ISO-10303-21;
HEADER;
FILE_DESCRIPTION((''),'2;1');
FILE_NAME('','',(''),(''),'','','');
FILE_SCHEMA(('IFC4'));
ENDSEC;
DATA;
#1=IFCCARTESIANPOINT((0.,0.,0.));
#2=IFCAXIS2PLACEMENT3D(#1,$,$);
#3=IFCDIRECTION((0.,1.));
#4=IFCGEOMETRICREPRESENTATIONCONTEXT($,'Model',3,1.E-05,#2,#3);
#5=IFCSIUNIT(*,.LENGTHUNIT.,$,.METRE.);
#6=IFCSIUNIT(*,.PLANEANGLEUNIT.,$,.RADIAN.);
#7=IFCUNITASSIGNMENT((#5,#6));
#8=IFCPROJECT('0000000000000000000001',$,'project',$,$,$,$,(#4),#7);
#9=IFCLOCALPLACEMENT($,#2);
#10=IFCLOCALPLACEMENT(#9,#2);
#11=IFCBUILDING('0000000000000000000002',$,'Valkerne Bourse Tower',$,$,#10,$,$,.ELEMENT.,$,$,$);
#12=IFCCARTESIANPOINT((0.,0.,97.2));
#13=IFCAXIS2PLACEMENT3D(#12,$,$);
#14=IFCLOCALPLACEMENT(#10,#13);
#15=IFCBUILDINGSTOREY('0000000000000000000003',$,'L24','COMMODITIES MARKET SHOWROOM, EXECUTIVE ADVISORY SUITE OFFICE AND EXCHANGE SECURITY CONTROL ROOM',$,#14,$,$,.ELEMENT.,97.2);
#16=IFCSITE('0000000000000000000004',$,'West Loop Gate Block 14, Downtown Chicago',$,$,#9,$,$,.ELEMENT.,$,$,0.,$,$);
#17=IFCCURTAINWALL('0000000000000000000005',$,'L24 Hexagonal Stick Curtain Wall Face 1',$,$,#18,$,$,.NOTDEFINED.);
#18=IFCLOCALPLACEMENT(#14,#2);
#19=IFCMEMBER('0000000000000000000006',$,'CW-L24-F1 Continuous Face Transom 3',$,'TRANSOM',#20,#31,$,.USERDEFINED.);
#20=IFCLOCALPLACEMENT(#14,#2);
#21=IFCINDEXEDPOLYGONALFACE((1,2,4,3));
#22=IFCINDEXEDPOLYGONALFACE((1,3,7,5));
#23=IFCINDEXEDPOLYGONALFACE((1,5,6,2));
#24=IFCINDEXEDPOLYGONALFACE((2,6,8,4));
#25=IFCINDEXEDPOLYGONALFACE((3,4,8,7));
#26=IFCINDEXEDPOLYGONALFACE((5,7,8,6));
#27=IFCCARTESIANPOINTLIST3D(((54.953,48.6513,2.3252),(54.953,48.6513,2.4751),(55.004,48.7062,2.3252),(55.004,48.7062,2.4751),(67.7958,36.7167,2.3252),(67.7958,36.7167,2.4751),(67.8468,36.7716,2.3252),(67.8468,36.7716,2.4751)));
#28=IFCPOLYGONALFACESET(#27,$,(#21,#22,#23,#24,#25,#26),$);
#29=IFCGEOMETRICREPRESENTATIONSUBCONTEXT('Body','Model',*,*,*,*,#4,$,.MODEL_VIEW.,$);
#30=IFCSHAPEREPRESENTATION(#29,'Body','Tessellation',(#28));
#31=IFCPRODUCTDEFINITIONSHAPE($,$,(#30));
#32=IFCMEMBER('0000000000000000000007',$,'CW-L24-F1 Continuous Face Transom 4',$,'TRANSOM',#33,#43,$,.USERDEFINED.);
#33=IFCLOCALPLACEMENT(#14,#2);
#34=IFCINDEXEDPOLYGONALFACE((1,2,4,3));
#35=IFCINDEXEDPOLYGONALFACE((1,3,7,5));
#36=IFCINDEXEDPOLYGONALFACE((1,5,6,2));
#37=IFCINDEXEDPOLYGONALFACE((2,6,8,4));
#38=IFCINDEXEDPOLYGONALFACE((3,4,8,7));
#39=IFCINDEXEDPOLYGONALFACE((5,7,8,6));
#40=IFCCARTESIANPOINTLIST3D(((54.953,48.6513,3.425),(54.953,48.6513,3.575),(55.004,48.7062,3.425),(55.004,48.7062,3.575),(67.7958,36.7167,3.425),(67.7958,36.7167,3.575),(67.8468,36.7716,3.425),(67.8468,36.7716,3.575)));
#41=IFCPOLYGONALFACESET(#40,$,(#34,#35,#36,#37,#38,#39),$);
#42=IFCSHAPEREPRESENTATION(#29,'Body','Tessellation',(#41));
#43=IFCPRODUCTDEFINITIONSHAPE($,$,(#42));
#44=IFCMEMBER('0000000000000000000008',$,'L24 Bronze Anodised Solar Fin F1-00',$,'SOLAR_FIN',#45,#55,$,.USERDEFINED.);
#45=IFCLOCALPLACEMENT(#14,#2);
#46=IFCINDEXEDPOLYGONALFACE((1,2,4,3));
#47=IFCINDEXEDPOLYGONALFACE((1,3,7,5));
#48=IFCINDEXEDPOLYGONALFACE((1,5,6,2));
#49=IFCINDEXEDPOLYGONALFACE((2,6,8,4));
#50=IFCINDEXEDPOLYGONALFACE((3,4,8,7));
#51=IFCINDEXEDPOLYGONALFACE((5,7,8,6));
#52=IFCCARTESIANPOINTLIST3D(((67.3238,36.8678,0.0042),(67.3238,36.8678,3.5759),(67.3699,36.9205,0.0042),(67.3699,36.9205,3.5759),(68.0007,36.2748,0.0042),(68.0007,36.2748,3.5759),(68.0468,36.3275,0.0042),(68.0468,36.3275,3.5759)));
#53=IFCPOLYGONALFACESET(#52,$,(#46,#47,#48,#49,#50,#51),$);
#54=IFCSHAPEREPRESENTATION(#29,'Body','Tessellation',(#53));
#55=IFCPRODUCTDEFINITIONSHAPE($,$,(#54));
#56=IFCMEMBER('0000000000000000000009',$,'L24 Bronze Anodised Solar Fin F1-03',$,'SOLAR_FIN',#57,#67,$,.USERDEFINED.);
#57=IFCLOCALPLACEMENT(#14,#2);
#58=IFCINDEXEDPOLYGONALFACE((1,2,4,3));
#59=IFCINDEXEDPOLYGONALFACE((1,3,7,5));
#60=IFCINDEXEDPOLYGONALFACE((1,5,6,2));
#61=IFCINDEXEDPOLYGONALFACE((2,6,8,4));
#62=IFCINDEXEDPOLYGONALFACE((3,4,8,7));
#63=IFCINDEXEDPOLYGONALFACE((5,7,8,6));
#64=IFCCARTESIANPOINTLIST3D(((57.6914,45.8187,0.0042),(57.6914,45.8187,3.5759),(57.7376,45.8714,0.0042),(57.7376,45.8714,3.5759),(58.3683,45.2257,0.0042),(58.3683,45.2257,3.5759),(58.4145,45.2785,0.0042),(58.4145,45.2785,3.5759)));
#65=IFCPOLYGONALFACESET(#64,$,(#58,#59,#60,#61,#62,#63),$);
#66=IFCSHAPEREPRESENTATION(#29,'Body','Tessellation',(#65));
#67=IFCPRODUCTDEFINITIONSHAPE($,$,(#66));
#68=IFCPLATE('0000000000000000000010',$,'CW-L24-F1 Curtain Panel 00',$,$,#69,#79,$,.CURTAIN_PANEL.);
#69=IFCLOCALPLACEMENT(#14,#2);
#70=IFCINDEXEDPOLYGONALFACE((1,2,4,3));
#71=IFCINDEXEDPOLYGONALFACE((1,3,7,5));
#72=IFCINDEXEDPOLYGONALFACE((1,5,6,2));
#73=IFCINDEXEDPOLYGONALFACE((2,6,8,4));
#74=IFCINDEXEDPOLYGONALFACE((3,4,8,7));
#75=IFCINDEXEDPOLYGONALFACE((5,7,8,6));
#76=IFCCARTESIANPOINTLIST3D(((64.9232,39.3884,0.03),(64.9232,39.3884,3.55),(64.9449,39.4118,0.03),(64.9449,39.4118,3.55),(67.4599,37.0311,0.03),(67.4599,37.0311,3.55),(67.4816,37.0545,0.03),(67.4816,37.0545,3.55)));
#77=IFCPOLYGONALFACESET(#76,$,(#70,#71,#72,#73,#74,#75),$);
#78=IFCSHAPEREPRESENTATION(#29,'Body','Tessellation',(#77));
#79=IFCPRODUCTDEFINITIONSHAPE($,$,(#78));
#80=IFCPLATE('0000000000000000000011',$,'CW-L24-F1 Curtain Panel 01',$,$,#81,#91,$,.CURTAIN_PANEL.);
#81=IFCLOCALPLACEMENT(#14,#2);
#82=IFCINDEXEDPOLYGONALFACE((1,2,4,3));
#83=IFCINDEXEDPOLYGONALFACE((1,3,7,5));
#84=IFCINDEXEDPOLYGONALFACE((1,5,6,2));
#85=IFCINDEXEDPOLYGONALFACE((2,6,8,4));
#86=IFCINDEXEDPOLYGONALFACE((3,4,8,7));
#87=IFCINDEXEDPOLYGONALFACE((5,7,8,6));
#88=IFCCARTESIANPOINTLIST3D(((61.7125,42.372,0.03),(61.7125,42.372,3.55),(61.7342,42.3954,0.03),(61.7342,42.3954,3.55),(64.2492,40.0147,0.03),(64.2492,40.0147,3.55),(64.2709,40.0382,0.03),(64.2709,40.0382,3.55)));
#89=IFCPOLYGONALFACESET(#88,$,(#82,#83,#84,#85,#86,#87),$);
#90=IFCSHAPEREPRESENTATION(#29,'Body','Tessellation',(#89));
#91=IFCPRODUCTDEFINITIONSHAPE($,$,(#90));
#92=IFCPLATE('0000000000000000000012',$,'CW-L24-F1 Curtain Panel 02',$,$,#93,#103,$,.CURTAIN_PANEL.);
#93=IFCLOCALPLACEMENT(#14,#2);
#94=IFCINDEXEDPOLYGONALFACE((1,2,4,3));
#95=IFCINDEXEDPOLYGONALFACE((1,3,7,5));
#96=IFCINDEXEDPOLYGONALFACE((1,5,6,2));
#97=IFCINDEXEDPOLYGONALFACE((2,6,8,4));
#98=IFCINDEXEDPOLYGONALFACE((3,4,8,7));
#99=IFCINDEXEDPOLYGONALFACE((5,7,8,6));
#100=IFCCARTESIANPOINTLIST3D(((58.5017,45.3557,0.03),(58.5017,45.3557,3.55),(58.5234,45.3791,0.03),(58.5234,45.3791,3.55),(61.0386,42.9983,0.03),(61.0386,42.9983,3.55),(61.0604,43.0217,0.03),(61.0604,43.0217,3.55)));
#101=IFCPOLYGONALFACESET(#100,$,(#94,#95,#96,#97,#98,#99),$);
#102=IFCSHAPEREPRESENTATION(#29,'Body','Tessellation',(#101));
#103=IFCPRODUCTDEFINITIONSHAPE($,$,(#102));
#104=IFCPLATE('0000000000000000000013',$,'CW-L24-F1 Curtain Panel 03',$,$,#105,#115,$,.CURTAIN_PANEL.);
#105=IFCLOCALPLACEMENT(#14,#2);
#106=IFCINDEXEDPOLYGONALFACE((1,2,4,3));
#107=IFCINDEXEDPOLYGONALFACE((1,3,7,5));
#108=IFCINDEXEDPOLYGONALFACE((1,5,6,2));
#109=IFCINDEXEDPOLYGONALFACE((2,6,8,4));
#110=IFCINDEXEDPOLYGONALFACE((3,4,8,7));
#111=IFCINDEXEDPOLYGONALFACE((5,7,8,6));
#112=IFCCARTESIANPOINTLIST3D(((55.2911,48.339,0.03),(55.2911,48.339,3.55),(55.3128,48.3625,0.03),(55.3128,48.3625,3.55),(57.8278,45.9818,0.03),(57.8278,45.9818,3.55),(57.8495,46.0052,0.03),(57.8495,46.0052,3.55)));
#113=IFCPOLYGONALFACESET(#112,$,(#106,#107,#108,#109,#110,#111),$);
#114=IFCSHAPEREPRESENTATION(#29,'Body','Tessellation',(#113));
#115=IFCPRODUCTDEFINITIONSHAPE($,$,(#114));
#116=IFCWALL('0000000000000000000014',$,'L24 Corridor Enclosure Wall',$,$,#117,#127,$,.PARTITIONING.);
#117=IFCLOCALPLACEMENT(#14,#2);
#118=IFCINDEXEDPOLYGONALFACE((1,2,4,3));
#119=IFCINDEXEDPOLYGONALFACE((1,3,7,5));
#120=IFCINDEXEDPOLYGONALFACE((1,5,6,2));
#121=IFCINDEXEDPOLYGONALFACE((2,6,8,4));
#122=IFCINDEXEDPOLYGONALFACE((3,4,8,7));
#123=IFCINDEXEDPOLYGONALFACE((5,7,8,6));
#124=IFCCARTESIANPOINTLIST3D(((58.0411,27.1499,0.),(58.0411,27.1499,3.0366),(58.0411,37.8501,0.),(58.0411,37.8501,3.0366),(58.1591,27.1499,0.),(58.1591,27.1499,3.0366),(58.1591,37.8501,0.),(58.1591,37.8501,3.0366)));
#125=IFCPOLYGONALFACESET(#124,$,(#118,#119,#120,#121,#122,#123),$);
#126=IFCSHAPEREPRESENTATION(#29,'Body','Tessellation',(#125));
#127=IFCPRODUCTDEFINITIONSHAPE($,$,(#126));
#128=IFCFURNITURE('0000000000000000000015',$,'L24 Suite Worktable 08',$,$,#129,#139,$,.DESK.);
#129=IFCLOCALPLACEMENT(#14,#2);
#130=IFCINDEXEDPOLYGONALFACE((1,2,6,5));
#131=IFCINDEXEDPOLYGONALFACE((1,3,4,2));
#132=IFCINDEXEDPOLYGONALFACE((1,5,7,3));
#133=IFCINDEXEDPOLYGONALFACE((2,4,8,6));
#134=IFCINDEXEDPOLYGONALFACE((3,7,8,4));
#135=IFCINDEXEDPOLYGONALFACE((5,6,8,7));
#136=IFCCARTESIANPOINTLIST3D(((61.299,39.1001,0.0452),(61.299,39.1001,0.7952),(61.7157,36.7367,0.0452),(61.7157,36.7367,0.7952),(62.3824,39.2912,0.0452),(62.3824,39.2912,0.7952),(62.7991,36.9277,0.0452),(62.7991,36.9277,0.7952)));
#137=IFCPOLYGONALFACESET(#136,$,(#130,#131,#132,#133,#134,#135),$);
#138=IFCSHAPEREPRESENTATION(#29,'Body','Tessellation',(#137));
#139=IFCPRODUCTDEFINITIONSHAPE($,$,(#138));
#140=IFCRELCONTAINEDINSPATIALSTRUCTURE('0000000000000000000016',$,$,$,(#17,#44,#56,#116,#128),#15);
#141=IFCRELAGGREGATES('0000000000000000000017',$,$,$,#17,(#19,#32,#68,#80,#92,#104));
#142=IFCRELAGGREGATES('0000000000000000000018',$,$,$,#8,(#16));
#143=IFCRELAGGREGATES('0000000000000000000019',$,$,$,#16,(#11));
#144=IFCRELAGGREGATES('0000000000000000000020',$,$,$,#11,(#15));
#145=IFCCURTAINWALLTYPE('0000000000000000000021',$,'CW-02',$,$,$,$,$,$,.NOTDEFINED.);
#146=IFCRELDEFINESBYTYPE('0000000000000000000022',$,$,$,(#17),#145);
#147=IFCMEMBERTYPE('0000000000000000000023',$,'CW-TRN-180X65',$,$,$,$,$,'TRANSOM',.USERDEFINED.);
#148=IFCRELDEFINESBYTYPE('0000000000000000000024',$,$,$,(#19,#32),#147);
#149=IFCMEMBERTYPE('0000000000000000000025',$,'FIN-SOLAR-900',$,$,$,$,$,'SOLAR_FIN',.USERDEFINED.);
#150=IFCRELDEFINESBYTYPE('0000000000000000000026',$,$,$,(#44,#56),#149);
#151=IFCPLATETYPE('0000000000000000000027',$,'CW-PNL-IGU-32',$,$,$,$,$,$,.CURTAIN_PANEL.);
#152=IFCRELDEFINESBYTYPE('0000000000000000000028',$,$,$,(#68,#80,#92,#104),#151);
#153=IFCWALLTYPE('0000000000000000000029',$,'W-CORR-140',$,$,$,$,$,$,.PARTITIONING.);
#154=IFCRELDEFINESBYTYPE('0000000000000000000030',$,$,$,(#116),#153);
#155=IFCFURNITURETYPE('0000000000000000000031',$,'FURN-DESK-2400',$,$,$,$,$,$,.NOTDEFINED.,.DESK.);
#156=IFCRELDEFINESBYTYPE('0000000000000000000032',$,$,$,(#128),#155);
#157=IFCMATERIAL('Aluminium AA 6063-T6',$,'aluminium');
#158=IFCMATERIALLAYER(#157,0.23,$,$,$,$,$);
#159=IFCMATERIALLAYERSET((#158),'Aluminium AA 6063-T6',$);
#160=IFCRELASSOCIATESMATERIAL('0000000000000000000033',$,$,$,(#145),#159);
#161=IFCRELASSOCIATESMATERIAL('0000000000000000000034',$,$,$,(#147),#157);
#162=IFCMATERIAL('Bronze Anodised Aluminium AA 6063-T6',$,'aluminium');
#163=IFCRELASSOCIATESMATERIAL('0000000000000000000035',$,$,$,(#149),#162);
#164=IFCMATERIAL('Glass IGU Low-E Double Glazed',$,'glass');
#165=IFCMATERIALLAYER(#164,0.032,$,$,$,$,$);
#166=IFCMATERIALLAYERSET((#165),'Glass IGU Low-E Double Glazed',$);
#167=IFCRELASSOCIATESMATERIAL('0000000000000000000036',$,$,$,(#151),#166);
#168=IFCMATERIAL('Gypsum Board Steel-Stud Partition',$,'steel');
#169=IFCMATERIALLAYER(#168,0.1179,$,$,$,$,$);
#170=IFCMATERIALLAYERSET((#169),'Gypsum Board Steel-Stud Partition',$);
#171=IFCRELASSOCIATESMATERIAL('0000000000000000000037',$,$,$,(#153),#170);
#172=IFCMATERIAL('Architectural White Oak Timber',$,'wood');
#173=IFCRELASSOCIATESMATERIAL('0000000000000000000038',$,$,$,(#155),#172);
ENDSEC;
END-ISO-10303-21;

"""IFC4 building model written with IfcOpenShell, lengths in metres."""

from ifc_helpers import new_model, si_unit, direction, frame, frame_2d, origin, origin_2d, place, context, subcontext, project, spatial, rectangle, extrude, material, layer, layer_set, material_profile, profile_set, type_object, element, aggregate, save


model = new_model("IFC4")

# Units and contexts
model_context = context("Model", 3, precision=1e-05, world=origin(), true_north=direction((0.0, 1.0)))
body_context = subcontext(model_context, "Body", "Model", "MODEL_VIEW")
ifc_project = project(units=[si_unit("LENGTHUNIT", "METRE"), si_unit("PLANEANGLEUNIT", "RADIAN")], contexts=[model_context])

# Site, building, storey
site_placement = place(None, origin())
site = spatial("IfcSite", under=ifc_project, at=site_placement, Name="West Loop Gate Block 14, Downtown Chicago", CompositionType="ELEMENT", RefElevation=0.0)
building_placement = place(site_placement, origin())
building = spatial("IfcBuilding", under=site, at=building_placement, Name="Valkerne Bourse Tower", CompositionType="ELEMENT")
storey_placement = place(building_placement, frame((0.0, 0.0, 97.2)))
storey = spatial("IfcBuildingStorey", under=building, at=storey_placement, Name="L24", Description="COMMODITIES MARKET SHOWROOM, EXECUTIVE ADVISORY SUITE OFFICE AND EXCHANGE SECURITY CONTROL ROOM", CompositionType="ELEMENT", Elevation=97.2)

# Curtain wall, members
ifc_material_1 = material(Name="Aluminium AA 6063-T6", Category="aluminium")
ifc_layer_1 = layer(ifc_material_1, 0.23)
ifc_layer_set_1 = layer_set([ifc_layer_1], Name="Aluminium AA 6063-T6")
curtain_wall_type = type_object("IfcCurtainWallType", Name="CW-02", PredefinedType="NOTDEFINED", material=ifc_layer_set_1)
curtain_wall_placement = place(storey_placement, origin())
curtain_wall = element("IfcCurtainWall", 1, at=curtain_wall_placement, inside=storey, type_object=curtain_wall_type, Name="L24 Hexagonal Stick Curtain Wall Face 1", PredefinedType="NOTDEFINED")
ifc_material_profile_1 = material_profile(ifc_material_1, rectangle(XDim=0.075, YDim=0.1499, at=origin_2d()), Name="CWT-75X150")
ifc_profile_set_1 = profile_set([ifc_material_profile_1], Name="Aluminium AA 6063-T6")
member_type_1 = type_object("IfcMemberType", Name="CW-TRN-180X65", ElementType="TRANSOM", PredefinedType="USERDEFINED", material=ifc_profile_set_1)
member_1_placement = place(storey_placement, frame((67.8213, 36.7441, 2.4001), z_axis=(-0.732534, 0.680731, 0.0), x_axis=(-0.680731, -0.732534, 0.0)))
member_1 = element("IfcMember", 2, at=member_1_placement, type_object=member_type_1, Name="CW-L24-F1 Continuous Face Transom 3", ObjectType="TRANSOM", PredefinedType="USERDEFINED", context=body_context, shape_type="SweptSolid", body=[
    extrude(rectangle(XDim=0.075, YDim=0.1499, at=origin_2d()), origin(), (0.0, 0.0, 1.0), 17.532),
])
member_2_placement = place(storey_placement, frame((67.8213, 36.7441, 3.5), z_axis=(-0.732534, 0.680731, 0.0), x_axis=(-0.680731, -0.732534, 0.0)))
member_2 = element("IfcMember", 3, at=member_2_placement, type_object=member_type_1, Name="CW-L24-F1 Continuous Face Transom 4", ObjectType="TRANSOM", PredefinedType="USERDEFINED", context=body_context, shape_type="SweptSolid", body=[
    extrude(rectangle(XDim=0.075, YDim=0.1499, at=origin_2d()), origin(), (0.0, 0.0, 1.0), 17.532),
])

# Members
ifc_material_2 = material(Name="Bronze Anodised Aluminium AA 6063-T6", Category="aluminium")
ifc_material_profile_2 = material_profile(ifc_material_2, rectangle(XDim=0.0701, YDim=0.8999, at=origin_2d()), Name="FIN-70X900")
ifc_profile_set_2 = profile_set([ifc_material_profile_2], Name="Bronze Anodised Aluminium AA 6063-T6")
member_type_2 = type_object("IfcMemberType", Name="FIN-SOLAR-900", ElementType="SOLAR_FIN", PredefinedType="USERDEFINED", material=ifc_profile_set_2)
for number, where, z_axis, x_axis, name in (
    (4, (67.6853, 36.5977, 0.0042), (0.0, 0.0, 1.0), (0.65893, 0.752204, 0.0), "L24 Bronze Anodised Solar Fin F1-00"),
    (5, (58.053, 45.5486, 0.0042), (0.0, 0.0, 1.0), (0.65893, 0.752204, 0.0), "L24 Bronze Anodised Solar Fin F1-03"),
):
    element("IfcMember", number, at=place(storey_placement, frame(where, z_axis=z_axis, x_axis=x_axis)), inside=storey, type_object=member_type_2, Name=name, ObjectType="SOLAR_FIN", PredefinedType="USERDEFINED", context=body_context, shape_type="SweptSolid", body=[
        extrude(rectangle(XDim=0.0701, YDim=0.8999, at=origin_2d()), origin(), (0.0, 0.0, 1.0), 3.5718),
    ])

# Plates
ifc_material_3 = material(Name="Glass IGU Low-E Double Glazed", Category="glass")
ifc_layer_2 = layer(ifc_material_3, 0.032)
ifc_layer_set_2 = layer_set([ifc_layer_2], Name="Glass IGU Low-E Double Glazed")
plate_type = type_object("IfcPlateType", Name="CW-PNL-IGU-32", PredefinedType="CURTAIN_PANEL", material=ifc_layer_set_2)
plate_1_placement = place(storey_placement, frame((66.2024, 38.2214, 0.03), z_axis=(0.0, 0.0, 1.0), x_axis=(-0.732539, 0.680725, 0.0)))
plate_1 = element("IfcPlate", 6, at=plate_1_placement, type_object=plate_type, Name="CW-L24-F1 Curtain Panel 00", PredefinedType="CURTAIN_PANEL", context=body_context, shape_type="SweptSolid", body=[
    extrude(rectangle(XDim=3.4629, YDim=0.032, at=origin_2d()), origin(), (0.0, 0.0, 1.0), 3.52),
])
plate_2_placement = place(storey_placement, frame((62.9917, 41.2051, 0.03), z_axis=(0.0, 0.0, 1.0), x_axis=(-0.732539, 0.680725, 0.0)))
plate_2 = element("IfcPlate", 7, at=plate_2_placement, type_object=plate_type, Name="CW-L24-F1 Curtain Panel 01", PredefinedType="CURTAIN_PANEL", context=body_context, shape_type="SweptSolid", body=[
    extrude(rectangle(XDim=3.4629, YDim=0.032, at=origin_2d()), origin(), (0.0, 0.0, 1.0), 3.52),
])
plate_3_placement = place(storey_placement, frame((59.781, 44.1887, 0.03), z_axis=(0.0, 0.0, 1.0), x_axis=(-0.73255, 0.680714, 0.0)))
plate_3 = element("IfcPlate", 8, at=plate_3_placement, type_object=plate_type, Name="CW-L24-F1 Curtain Panel 02", PredefinedType="CURTAIN_PANEL", context=body_context, shape_type="SweptSolid", body=[
    extrude(rectangle(XDim=3.4631, YDim=0.032, at=origin_2d()), origin(), (0.0, 0.0, 1.0), 3.52),
])
plate_4_placement = place(storey_placement, frame((56.5703, 47.1721, 0.03), z_axis=(0.0, 0.0, 1.0), x_axis=(-0.732539, 0.680725, 0.0)))
plate_4 = element("IfcPlate", 9, at=plate_4_placement, type_object=plate_type, Name="CW-L24-F1 Curtain Panel 03", PredefinedType="CURTAIN_PANEL", context=body_context, shape_type="SweptSolid", body=[
    extrude(rectangle(XDim=3.4629, YDim=0.032, at=origin_2d()), origin(), (0.0, 0.0, 1.0), 3.52),
])
aggregate(curtain_wall, [member_1, member_2, plate_1, plate_2, plate_3, plate_4])

# Wall
ifc_material_4 = material(Name="Gypsum Board Steel-Stud Partition", Category="steel")
ifc_layer_3 = layer(ifc_material_4, 0.1179)
ifc_layer_set_3 = layer_set([ifc_layer_3], Name="Gypsum Board Steel-Stud Partition")
wall_type = type_object("IfcWallType", Name="W-CORR-140", PredefinedType="PARTITIONING", material=ifc_layer_set_3)
wall_placement = place(storey_placement, frame((58.1001, 37.8501, 0.0), z_axis=(0.0, 0.0, 1.0), x_axis=(0.0, -1.0, 0.0)))
element("IfcWall", 10, at=wall_placement, inside=storey, type_object=wall_type, Name="L24 Corridor Enclosure Wall", PredefinedType="PARTITIONING", context=body_context, shape_type="SweptSolid", body=[
    extrude(rectangle(XDim=10.7002, YDim=0.1179, at=frame_2d((5.3501, 0.0))), origin(), (0.0, 0.0, 1.0), 3.0366),
])

# Furniture
ifc_material_5 = material(Name="Architectural White Oak Timber", Category="wood")
furniture_type = type_object("IfcFurnitureType", Name="FURN-DESK-2400", AssemblyPlace="NOTDEFINED", PredefinedType="DESK", material=ifc_material_5)
furniture_placement = place(storey_placement, frame((62.0491, 38.0139, 0.0452), z_axis=(0.0, 0.0, 1.0), x_axis=(-0.173648, 0.984808, 0.0)))
element("IfcFurniture", 11, at=furniture_placement, inside=storey, type_object=furniture_type, Name="L24 Suite Worktable 08", PredefinedType="DESK", context=body_context, shape_type="SweptSolid", body=[
    extrude(rectangle(XDim=2.3999, YDim=1.1001, at=origin_2d()), origin(), (0.0, 0.0, 1.0), 0.75),
])

save(model, "model.ifc")
